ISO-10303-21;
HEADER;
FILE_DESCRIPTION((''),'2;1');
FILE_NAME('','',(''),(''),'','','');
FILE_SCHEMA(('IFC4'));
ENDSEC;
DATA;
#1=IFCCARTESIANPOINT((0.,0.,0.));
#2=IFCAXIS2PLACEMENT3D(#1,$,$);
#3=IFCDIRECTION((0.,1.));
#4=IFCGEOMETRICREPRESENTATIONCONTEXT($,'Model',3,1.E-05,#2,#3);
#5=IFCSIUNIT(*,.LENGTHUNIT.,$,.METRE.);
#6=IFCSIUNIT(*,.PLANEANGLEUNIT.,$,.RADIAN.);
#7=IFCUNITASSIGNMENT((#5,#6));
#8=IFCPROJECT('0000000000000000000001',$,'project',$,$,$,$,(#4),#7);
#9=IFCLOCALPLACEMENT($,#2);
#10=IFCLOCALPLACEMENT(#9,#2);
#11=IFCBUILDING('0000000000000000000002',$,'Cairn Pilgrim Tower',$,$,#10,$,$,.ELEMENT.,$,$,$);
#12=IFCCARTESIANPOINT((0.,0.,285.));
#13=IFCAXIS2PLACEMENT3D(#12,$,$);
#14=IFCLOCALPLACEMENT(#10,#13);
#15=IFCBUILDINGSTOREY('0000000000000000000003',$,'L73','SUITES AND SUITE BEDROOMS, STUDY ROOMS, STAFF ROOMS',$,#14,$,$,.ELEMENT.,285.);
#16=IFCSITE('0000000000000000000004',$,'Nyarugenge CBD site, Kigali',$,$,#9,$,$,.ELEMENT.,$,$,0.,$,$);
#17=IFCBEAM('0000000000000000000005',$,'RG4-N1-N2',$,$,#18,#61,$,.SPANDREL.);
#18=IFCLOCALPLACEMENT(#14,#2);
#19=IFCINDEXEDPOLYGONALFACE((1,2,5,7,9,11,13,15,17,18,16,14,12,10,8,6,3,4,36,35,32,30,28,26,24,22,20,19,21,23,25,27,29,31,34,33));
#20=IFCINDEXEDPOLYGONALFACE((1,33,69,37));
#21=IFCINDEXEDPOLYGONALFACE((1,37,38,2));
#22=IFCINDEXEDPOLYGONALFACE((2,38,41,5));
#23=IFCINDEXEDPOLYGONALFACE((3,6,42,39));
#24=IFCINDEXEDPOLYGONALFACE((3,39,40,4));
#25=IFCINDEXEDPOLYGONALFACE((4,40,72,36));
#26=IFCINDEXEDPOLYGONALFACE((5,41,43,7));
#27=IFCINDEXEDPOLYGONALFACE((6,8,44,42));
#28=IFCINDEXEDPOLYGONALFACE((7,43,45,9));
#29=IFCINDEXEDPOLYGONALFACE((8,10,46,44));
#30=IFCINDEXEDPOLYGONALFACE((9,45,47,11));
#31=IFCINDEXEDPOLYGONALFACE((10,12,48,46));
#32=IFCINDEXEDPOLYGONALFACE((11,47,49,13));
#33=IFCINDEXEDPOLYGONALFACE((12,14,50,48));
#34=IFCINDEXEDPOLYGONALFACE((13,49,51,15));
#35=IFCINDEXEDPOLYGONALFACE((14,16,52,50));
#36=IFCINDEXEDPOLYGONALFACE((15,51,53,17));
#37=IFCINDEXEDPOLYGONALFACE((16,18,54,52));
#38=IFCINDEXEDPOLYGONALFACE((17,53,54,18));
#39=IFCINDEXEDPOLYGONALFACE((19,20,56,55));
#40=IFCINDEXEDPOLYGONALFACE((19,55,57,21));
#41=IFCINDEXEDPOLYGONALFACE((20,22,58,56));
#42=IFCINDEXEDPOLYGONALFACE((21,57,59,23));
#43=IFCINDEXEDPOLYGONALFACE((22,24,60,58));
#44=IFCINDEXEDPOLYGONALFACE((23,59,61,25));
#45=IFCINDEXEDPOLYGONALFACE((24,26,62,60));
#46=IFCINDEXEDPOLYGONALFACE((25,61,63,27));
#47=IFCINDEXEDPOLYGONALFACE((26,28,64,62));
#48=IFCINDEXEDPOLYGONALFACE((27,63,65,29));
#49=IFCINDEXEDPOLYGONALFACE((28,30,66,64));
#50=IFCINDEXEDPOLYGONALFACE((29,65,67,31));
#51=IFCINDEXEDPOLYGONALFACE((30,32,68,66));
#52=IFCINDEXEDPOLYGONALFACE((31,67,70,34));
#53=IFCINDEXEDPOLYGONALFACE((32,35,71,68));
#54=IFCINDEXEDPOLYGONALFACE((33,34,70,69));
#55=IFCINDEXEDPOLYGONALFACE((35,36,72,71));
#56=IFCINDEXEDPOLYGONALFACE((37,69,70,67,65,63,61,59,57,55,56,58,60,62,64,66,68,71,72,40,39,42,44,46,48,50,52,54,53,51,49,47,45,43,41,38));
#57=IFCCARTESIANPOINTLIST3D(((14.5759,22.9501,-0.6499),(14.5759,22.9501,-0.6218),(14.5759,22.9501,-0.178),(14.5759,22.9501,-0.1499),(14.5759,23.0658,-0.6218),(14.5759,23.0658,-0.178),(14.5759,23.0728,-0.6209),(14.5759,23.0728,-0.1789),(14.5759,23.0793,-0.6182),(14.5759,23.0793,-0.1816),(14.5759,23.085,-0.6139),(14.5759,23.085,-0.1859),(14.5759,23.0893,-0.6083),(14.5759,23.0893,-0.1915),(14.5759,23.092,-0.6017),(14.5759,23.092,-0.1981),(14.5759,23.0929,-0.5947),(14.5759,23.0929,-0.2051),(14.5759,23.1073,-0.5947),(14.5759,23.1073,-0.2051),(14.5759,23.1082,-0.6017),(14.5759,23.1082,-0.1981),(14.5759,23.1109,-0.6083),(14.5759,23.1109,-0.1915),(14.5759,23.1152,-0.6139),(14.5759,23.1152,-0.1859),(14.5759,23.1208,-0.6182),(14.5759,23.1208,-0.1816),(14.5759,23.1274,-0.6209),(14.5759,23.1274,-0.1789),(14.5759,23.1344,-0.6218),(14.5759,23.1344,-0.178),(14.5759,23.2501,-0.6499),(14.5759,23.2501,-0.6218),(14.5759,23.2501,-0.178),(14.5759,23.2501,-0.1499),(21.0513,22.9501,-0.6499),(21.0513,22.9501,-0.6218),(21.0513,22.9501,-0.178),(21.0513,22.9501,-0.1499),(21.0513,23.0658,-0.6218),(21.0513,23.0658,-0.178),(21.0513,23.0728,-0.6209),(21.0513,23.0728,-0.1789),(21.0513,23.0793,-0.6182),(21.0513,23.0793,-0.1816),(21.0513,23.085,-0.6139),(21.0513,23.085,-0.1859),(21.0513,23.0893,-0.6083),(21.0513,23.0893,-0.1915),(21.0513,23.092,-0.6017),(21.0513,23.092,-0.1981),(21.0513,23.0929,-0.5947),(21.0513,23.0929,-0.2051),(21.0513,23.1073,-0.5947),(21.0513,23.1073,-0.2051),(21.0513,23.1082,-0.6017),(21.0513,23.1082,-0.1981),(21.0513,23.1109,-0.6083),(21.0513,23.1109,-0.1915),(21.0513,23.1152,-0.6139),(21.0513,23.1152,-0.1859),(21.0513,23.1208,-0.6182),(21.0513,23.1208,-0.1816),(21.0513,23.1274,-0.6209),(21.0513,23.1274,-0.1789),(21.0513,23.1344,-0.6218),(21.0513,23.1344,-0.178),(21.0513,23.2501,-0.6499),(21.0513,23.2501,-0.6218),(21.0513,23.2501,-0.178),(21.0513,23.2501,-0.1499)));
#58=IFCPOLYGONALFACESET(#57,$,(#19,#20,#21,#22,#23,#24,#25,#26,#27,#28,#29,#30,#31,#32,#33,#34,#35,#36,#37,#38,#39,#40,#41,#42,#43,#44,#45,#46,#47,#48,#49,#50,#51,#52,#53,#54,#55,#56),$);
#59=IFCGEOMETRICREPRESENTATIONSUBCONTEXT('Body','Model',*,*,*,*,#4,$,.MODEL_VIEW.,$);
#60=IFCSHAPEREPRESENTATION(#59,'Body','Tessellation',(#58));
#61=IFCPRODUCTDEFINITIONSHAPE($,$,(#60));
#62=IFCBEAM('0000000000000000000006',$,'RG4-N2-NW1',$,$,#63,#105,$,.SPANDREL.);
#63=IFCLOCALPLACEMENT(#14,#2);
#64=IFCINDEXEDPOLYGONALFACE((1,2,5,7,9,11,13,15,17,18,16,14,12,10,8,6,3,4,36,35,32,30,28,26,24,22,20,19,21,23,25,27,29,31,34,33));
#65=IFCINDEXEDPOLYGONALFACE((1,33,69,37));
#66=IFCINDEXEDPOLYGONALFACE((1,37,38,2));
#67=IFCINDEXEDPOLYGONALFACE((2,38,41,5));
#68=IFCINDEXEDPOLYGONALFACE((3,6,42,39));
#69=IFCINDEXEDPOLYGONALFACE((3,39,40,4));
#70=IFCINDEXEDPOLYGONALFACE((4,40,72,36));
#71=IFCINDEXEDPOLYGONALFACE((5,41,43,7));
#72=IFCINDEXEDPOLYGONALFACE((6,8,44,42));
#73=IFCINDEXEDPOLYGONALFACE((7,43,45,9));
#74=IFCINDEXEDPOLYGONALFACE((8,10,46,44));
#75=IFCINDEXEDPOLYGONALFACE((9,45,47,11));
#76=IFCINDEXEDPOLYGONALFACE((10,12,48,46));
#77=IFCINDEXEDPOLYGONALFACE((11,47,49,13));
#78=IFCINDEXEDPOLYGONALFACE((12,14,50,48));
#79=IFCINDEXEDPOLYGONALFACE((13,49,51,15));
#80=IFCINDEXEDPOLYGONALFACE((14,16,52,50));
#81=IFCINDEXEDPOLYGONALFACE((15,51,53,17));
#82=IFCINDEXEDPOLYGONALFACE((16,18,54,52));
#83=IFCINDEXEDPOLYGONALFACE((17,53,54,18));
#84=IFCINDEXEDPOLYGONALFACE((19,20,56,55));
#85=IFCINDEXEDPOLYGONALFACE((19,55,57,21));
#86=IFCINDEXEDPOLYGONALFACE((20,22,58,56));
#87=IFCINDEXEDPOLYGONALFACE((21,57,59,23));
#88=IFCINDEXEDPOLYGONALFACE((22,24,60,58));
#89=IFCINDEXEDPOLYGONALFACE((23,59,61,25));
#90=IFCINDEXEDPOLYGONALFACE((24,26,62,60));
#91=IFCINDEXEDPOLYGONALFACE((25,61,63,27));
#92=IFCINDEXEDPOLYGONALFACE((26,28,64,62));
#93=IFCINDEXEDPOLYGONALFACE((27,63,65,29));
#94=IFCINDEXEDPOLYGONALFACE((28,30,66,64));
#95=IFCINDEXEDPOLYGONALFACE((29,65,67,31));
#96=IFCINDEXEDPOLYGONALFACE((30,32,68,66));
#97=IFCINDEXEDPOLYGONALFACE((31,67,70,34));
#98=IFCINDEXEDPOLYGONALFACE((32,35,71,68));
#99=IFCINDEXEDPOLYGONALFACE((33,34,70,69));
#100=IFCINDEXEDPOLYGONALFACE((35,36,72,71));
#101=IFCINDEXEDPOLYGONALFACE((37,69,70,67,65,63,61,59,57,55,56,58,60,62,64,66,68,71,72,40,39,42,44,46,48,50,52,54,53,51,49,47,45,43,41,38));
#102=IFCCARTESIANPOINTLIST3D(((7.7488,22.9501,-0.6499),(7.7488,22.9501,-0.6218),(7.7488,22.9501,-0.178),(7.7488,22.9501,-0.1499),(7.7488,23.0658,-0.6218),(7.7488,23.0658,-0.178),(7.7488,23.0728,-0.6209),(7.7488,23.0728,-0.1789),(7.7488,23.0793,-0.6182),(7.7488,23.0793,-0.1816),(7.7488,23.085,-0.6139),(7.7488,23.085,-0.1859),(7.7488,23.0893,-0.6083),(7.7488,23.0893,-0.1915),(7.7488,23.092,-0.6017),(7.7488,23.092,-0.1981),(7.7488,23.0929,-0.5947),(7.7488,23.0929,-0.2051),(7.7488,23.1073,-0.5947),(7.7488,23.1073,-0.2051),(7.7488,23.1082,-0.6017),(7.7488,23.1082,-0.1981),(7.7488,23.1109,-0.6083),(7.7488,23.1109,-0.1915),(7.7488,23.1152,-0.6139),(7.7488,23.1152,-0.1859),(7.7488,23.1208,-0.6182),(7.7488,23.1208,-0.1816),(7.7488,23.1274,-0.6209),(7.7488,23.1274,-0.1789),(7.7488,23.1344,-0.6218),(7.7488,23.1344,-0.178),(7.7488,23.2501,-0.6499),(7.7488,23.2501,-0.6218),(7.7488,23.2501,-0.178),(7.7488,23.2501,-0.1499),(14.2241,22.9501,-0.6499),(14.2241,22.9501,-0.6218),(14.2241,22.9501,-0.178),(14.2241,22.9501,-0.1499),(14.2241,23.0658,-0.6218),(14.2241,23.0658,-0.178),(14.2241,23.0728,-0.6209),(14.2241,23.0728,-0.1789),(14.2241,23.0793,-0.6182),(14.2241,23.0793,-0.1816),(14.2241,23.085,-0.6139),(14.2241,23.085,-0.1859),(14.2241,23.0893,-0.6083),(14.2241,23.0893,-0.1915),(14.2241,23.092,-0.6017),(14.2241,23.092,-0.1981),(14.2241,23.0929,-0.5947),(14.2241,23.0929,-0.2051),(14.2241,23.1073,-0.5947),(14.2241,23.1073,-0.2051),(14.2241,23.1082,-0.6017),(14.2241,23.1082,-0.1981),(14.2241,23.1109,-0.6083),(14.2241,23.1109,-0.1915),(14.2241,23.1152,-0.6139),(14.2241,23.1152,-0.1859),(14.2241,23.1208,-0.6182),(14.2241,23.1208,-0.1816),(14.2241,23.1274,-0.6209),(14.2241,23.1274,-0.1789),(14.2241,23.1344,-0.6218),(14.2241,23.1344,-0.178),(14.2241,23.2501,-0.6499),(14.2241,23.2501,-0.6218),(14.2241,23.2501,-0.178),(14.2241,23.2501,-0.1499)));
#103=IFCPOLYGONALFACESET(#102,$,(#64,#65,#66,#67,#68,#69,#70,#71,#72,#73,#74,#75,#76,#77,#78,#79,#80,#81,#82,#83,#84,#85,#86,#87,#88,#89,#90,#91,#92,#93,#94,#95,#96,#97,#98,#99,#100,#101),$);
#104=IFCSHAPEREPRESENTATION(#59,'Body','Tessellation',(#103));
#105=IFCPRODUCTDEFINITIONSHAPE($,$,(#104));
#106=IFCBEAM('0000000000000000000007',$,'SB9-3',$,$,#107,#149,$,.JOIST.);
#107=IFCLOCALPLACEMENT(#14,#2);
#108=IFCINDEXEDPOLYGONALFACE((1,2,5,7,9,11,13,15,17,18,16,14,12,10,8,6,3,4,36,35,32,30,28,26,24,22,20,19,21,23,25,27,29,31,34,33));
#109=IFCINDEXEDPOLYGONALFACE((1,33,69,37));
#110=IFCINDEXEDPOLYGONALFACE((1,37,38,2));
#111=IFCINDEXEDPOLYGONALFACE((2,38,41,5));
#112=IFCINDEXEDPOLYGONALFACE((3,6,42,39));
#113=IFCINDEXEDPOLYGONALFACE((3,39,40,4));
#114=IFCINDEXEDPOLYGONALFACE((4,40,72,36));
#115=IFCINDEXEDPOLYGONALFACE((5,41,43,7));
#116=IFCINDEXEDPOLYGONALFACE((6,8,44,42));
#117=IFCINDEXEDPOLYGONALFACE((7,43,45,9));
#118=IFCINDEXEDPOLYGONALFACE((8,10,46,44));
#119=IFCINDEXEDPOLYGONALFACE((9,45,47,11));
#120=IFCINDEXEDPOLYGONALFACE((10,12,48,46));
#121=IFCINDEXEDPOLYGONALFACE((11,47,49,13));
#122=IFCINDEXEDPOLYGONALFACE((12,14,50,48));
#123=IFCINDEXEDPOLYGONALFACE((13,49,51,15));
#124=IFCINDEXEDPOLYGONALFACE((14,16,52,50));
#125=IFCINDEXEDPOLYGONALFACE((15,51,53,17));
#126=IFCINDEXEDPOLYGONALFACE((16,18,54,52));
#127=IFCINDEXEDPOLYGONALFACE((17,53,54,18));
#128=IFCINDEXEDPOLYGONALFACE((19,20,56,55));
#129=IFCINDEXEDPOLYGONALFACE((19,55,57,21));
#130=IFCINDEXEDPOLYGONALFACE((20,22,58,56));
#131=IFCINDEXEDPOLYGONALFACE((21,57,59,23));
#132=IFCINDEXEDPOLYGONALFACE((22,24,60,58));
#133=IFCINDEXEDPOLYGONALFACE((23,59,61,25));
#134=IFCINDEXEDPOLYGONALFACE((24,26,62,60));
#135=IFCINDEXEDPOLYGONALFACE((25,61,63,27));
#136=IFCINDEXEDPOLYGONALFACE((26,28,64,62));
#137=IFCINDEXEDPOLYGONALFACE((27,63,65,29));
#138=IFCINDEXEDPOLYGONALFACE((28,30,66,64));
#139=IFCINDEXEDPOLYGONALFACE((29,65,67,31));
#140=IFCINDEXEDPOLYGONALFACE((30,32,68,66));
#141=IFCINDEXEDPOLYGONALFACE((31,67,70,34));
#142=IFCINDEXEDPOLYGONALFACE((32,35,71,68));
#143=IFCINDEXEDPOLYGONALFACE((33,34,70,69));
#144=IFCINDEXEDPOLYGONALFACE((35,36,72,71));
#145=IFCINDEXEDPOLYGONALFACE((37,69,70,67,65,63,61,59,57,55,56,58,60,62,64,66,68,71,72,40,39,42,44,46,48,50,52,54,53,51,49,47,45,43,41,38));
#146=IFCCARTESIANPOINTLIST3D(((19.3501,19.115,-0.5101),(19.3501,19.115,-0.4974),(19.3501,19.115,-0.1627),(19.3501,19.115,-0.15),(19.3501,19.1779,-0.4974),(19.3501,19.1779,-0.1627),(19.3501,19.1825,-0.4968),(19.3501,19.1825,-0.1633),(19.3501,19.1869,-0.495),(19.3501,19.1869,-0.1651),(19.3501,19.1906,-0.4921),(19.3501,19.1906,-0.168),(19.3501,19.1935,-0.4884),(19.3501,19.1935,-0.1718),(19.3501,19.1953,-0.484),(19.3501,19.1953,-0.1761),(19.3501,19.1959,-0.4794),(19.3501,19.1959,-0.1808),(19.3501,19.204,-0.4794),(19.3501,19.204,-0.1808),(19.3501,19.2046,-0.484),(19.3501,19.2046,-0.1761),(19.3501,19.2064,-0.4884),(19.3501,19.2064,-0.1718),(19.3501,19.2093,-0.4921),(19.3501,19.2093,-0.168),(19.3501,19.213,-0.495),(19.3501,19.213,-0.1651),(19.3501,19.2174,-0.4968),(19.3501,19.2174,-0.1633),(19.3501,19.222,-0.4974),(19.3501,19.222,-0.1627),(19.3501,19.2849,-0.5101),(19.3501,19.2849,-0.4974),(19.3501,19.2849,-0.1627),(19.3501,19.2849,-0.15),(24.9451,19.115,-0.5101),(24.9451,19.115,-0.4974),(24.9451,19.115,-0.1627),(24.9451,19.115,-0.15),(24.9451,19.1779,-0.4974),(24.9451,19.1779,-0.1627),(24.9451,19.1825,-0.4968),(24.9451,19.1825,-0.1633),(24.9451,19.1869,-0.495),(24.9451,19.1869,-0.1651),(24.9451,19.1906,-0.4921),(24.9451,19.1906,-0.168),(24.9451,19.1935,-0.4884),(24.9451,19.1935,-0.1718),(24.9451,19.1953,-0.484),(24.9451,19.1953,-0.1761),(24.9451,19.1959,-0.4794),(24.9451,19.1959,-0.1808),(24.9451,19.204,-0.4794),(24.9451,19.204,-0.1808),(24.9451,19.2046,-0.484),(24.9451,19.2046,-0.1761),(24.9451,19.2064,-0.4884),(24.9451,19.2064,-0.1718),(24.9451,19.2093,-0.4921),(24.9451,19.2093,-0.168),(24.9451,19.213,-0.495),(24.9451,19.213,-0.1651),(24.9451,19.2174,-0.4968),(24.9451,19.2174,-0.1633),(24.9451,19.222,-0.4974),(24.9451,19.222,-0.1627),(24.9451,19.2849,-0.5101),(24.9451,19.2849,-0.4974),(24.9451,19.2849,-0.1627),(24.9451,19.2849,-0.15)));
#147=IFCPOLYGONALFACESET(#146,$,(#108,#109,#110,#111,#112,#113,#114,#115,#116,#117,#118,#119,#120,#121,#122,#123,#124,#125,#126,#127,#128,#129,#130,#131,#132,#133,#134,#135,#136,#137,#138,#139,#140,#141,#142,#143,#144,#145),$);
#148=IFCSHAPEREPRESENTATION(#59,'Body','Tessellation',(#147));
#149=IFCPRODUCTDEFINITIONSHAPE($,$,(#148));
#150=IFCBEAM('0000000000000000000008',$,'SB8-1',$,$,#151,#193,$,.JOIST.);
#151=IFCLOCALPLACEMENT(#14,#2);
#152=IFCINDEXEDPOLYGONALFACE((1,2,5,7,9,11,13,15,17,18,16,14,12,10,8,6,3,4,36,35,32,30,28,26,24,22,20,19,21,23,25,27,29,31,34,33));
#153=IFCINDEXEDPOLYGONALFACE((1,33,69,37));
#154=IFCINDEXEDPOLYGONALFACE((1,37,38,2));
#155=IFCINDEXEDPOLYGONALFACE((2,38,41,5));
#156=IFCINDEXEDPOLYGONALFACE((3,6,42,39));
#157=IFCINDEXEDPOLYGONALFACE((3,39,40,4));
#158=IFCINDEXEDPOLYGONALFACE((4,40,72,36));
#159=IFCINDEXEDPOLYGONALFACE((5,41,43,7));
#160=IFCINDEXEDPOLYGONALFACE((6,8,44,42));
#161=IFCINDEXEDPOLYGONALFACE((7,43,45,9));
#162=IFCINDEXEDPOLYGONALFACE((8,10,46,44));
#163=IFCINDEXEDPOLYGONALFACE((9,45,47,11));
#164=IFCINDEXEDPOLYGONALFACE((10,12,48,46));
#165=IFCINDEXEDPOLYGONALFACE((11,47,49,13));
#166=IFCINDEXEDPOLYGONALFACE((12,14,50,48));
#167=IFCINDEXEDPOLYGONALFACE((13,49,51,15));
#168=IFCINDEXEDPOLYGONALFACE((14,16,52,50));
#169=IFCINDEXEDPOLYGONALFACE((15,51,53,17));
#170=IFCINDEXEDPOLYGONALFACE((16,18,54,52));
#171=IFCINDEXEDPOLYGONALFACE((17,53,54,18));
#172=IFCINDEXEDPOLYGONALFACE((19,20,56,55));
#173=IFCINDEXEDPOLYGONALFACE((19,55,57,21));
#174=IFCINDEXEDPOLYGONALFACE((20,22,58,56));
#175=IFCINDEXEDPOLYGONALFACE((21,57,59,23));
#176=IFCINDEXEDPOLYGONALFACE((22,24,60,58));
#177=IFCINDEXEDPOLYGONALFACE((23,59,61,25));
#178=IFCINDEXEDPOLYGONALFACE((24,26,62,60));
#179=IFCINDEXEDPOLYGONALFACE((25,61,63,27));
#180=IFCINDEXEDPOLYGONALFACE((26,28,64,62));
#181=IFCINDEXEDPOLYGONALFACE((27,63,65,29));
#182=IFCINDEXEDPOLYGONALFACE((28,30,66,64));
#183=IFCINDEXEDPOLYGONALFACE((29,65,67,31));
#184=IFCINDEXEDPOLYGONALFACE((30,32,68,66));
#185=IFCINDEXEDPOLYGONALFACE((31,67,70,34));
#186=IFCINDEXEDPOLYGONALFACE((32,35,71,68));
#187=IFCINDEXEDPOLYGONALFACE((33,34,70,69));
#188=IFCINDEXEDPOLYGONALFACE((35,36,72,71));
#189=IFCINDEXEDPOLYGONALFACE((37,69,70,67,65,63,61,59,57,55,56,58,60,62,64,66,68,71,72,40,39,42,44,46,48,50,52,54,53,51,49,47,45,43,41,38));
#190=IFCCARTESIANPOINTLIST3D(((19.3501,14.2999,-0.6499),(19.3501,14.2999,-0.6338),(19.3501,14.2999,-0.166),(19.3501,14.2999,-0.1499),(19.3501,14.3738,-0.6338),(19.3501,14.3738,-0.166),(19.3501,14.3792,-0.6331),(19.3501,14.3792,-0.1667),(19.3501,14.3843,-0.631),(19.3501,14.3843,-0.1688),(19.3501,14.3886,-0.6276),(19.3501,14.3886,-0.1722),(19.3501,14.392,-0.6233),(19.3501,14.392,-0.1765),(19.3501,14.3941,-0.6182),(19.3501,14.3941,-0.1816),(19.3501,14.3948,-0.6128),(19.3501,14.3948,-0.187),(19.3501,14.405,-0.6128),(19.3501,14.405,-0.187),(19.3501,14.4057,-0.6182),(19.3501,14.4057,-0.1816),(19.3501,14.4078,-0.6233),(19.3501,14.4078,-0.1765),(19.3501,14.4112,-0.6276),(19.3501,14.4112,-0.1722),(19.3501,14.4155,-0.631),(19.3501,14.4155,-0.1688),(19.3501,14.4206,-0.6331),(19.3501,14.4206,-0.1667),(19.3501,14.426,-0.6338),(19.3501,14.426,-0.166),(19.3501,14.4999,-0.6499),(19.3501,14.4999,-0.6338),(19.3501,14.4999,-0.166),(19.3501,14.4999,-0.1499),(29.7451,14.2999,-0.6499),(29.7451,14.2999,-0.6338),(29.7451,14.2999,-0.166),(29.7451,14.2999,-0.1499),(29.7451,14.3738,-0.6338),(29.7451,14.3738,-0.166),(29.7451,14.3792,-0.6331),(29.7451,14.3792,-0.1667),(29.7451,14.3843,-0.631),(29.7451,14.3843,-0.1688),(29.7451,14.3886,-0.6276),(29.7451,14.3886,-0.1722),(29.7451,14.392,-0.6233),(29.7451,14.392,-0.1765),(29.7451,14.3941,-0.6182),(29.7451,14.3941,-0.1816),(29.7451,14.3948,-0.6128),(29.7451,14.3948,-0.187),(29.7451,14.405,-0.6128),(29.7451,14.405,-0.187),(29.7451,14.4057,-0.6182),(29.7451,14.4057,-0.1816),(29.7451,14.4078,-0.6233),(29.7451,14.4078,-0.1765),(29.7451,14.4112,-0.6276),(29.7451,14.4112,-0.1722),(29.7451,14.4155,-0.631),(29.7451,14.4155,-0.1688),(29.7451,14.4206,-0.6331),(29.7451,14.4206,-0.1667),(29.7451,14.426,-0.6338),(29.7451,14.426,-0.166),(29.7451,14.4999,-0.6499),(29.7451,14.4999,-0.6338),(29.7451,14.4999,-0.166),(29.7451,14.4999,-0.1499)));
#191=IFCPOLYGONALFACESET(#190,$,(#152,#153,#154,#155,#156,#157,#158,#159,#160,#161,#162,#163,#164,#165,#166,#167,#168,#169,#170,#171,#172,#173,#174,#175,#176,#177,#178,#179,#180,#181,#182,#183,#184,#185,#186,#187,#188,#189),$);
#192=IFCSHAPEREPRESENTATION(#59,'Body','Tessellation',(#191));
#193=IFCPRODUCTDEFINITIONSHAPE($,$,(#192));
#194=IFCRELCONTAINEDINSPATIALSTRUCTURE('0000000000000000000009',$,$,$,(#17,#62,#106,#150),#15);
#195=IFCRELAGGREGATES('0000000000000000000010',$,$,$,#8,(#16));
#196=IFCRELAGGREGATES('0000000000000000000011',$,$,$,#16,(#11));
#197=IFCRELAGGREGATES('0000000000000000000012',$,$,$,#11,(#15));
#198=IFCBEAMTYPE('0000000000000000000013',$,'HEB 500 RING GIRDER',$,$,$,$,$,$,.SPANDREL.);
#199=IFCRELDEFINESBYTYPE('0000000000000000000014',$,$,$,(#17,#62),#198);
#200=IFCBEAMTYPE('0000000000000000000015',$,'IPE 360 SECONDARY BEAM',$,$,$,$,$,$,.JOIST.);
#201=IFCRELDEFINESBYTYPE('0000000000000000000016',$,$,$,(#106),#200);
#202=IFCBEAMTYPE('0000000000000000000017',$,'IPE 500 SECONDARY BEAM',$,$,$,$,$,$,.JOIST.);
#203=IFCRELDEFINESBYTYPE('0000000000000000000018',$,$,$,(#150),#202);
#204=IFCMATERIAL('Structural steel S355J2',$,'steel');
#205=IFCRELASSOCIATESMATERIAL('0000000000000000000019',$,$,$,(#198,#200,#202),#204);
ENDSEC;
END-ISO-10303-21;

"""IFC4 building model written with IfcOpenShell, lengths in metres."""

from ifc_helpers import new_model, si_unit, direction, frame, origin, origin_2d, place, context, subcontext, project, spatial, i_section, extrude, material, material_profile, profile_set, type_object, element, save


model = new_model("IFC4")

# Units and contexts
model_context = context("Model", 3, precision=1e-05, world=origin(), true_north=direction((0.0, 1.0)))
body_context = subcontext(model_context, "Body", "Model", "MODEL_VIEW")
ifc_project = project(units=[si_unit("LENGTHUNIT", "METRE"), si_unit("PLANEANGLEUNIT", "RADIAN")], contexts=[model_context])

# Site, building, storey
site_placement = place(None, origin())
site = spatial("IfcSite", under=ifc_project, at=site_placement, Name="Nyarugenge CBD site, Kigali", CompositionType="ELEMENT", RefElevation=0.0)
building_placement = place(site_placement, origin())
building = spatial("IfcBuilding", under=site, at=building_placement, Name="Cairn Pilgrim Tower", CompositionType="ELEMENT")
storey_placement = place(building_placement, frame((0.0, 0.0, 285.0)))
storey = spatial("IfcBuildingStorey", under=building, at=storey_placement, Name="L73", Description="SUITES AND SUITE BEDROOMS, STUDY ROOMS, STAFF ROOMS", CompositionType="ELEMENT", Elevation=285.0)

# Shared definitions
ifc_material_1 = material(Name="Structural steel S355J2", Category="steel")

# Beams
ifc_material_profile_1 = material_profile(ifc_material_1, i_section(OverallWidth=0.3, OverallDepth=0.5, WebThickness=0.0144, FlangeThickness=0.0281, FilletRadius=0.0271, at=origin_2d()), Name="HEB 500")
ifc_profile_set_1 = profile_set([ifc_material_profile_1], Name="Structural steel S355J2")
beam_type_1 = type_object("IfcBeamType", Name="HEB 500 RING GIRDER", PredefinedType="SPANDREL", material=ifc_profile_set_1)
for number, where, z_axis, x_axis, name in (
    (1, (21.0513, 23.1001, -0.3999), (-1.0, 0.0, 0.0), (0.0, -1.0, 0.0), "RG4-N1-N2"),
    (2, (14.2241, 23.1001, -0.3999), (-1.0, 0.0, 0.0), (0.0, -1.0, 0.0), "RG4-N2-NW1"),
):
    element("IfcBeam", number, at=place(storey_placement, frame(where, z_axis=z_axis, x_axis=x_axis)), inside=storey, type_object=beam_type_1, Name=name, PredefinedType="SPANDREL", context=body_context, shape_type="SweptSolid", body=[
        extrude(i_section(OverallWidth=0.3, OverallDepth=0.5, WebThickness=0.0144, FlangeThickness=0.0281, FilletRadius=0.0271, at=origin_2d()), origin(), (0.0, 0.0, 1.0), 6.4753),
    ])
ifc_material_profile_2 = material_profile(ifc_material_1, i_section(OverallWidth=0.1699, OverallDepth=0.3601, WebThickness=0.0081, FlangeThickness=0.0127, FilletRadius=0.0181, at=origin_2d()), Name="IPE 360")
ifc_profile_set_2 = profile_set([ifc_material_profile_2], Name="Structural steel S355J2")
beam_type_2 = type_object("IfcBeamType", Name="IPE 360 SECONDARY BEAM", PredefinedType="JOIST", material=ifc_profile_set_2)
beam_1_placement = place(storey_placement, frame((19.3501, 19.2, -0.3301), z_axis=(1.0, 0.0, 0.0), x_axis=(0.0, 1.0, 0.0)))
element("IfcBeam", 3, at=beam_1_placement, inside=storey, type_object=beam_type_2, Name="SB9-3", PredefinedType="JOIST", context=body_context, shape_type="SweptSolid", body=[
    extrude(i_section(OverallWidth=0.1699, OverallDepth=0.3601, WebThickness=0.0081, FlangeThickness=0.0127, FilletRadius=0.0181, at=origin_2d()), origin(), (0.0, 0.0, 1.0), 5.595),
])
ifc_material_profile_3 = material_profile(ifc_material_1, i_section(OverallWidth=0.2, OverallDepth=0.5, WebThickness=0.0103, FlangeThickness=0.0161, FilletRadius=0.021, at=origin_2d()), Name="IPE 500")
ifc_profile_set_3 = profile_set([ifc_material_profile_3], Name="Structural steel S355J2")
beam_type_3 = type_object("IfcBeamType", Name="IPE 500 SECONDARY BEAM", PredefinedType="JOIST", material=ifc_profile_set_3)
beam_2_placement = place(storey_placement, frame((19.3501, 14.3999, -0.3999), z_axis=(1.0, 0.0, 0.0), x_axis=(0.0, 1.0, 0.0)))
element("IfcBeam", 4, at=beam_2_placement, inside=storey, type_object=beam_type_3, Name="SB8-1", PredefinedType="JOIST", context=body_context, shape_type="SweptSolid", body=[
    extrude(i_section(OverallWidth=0.2, OverallDepth=0.5, WebThickness=0.0103, FlangeThickness=0.0161, FilletRadius=0.021, at=origin_2d()), origin(), (0.0, 0.0, 1.0), 10.395),
])

save(model, "model.ifc")
